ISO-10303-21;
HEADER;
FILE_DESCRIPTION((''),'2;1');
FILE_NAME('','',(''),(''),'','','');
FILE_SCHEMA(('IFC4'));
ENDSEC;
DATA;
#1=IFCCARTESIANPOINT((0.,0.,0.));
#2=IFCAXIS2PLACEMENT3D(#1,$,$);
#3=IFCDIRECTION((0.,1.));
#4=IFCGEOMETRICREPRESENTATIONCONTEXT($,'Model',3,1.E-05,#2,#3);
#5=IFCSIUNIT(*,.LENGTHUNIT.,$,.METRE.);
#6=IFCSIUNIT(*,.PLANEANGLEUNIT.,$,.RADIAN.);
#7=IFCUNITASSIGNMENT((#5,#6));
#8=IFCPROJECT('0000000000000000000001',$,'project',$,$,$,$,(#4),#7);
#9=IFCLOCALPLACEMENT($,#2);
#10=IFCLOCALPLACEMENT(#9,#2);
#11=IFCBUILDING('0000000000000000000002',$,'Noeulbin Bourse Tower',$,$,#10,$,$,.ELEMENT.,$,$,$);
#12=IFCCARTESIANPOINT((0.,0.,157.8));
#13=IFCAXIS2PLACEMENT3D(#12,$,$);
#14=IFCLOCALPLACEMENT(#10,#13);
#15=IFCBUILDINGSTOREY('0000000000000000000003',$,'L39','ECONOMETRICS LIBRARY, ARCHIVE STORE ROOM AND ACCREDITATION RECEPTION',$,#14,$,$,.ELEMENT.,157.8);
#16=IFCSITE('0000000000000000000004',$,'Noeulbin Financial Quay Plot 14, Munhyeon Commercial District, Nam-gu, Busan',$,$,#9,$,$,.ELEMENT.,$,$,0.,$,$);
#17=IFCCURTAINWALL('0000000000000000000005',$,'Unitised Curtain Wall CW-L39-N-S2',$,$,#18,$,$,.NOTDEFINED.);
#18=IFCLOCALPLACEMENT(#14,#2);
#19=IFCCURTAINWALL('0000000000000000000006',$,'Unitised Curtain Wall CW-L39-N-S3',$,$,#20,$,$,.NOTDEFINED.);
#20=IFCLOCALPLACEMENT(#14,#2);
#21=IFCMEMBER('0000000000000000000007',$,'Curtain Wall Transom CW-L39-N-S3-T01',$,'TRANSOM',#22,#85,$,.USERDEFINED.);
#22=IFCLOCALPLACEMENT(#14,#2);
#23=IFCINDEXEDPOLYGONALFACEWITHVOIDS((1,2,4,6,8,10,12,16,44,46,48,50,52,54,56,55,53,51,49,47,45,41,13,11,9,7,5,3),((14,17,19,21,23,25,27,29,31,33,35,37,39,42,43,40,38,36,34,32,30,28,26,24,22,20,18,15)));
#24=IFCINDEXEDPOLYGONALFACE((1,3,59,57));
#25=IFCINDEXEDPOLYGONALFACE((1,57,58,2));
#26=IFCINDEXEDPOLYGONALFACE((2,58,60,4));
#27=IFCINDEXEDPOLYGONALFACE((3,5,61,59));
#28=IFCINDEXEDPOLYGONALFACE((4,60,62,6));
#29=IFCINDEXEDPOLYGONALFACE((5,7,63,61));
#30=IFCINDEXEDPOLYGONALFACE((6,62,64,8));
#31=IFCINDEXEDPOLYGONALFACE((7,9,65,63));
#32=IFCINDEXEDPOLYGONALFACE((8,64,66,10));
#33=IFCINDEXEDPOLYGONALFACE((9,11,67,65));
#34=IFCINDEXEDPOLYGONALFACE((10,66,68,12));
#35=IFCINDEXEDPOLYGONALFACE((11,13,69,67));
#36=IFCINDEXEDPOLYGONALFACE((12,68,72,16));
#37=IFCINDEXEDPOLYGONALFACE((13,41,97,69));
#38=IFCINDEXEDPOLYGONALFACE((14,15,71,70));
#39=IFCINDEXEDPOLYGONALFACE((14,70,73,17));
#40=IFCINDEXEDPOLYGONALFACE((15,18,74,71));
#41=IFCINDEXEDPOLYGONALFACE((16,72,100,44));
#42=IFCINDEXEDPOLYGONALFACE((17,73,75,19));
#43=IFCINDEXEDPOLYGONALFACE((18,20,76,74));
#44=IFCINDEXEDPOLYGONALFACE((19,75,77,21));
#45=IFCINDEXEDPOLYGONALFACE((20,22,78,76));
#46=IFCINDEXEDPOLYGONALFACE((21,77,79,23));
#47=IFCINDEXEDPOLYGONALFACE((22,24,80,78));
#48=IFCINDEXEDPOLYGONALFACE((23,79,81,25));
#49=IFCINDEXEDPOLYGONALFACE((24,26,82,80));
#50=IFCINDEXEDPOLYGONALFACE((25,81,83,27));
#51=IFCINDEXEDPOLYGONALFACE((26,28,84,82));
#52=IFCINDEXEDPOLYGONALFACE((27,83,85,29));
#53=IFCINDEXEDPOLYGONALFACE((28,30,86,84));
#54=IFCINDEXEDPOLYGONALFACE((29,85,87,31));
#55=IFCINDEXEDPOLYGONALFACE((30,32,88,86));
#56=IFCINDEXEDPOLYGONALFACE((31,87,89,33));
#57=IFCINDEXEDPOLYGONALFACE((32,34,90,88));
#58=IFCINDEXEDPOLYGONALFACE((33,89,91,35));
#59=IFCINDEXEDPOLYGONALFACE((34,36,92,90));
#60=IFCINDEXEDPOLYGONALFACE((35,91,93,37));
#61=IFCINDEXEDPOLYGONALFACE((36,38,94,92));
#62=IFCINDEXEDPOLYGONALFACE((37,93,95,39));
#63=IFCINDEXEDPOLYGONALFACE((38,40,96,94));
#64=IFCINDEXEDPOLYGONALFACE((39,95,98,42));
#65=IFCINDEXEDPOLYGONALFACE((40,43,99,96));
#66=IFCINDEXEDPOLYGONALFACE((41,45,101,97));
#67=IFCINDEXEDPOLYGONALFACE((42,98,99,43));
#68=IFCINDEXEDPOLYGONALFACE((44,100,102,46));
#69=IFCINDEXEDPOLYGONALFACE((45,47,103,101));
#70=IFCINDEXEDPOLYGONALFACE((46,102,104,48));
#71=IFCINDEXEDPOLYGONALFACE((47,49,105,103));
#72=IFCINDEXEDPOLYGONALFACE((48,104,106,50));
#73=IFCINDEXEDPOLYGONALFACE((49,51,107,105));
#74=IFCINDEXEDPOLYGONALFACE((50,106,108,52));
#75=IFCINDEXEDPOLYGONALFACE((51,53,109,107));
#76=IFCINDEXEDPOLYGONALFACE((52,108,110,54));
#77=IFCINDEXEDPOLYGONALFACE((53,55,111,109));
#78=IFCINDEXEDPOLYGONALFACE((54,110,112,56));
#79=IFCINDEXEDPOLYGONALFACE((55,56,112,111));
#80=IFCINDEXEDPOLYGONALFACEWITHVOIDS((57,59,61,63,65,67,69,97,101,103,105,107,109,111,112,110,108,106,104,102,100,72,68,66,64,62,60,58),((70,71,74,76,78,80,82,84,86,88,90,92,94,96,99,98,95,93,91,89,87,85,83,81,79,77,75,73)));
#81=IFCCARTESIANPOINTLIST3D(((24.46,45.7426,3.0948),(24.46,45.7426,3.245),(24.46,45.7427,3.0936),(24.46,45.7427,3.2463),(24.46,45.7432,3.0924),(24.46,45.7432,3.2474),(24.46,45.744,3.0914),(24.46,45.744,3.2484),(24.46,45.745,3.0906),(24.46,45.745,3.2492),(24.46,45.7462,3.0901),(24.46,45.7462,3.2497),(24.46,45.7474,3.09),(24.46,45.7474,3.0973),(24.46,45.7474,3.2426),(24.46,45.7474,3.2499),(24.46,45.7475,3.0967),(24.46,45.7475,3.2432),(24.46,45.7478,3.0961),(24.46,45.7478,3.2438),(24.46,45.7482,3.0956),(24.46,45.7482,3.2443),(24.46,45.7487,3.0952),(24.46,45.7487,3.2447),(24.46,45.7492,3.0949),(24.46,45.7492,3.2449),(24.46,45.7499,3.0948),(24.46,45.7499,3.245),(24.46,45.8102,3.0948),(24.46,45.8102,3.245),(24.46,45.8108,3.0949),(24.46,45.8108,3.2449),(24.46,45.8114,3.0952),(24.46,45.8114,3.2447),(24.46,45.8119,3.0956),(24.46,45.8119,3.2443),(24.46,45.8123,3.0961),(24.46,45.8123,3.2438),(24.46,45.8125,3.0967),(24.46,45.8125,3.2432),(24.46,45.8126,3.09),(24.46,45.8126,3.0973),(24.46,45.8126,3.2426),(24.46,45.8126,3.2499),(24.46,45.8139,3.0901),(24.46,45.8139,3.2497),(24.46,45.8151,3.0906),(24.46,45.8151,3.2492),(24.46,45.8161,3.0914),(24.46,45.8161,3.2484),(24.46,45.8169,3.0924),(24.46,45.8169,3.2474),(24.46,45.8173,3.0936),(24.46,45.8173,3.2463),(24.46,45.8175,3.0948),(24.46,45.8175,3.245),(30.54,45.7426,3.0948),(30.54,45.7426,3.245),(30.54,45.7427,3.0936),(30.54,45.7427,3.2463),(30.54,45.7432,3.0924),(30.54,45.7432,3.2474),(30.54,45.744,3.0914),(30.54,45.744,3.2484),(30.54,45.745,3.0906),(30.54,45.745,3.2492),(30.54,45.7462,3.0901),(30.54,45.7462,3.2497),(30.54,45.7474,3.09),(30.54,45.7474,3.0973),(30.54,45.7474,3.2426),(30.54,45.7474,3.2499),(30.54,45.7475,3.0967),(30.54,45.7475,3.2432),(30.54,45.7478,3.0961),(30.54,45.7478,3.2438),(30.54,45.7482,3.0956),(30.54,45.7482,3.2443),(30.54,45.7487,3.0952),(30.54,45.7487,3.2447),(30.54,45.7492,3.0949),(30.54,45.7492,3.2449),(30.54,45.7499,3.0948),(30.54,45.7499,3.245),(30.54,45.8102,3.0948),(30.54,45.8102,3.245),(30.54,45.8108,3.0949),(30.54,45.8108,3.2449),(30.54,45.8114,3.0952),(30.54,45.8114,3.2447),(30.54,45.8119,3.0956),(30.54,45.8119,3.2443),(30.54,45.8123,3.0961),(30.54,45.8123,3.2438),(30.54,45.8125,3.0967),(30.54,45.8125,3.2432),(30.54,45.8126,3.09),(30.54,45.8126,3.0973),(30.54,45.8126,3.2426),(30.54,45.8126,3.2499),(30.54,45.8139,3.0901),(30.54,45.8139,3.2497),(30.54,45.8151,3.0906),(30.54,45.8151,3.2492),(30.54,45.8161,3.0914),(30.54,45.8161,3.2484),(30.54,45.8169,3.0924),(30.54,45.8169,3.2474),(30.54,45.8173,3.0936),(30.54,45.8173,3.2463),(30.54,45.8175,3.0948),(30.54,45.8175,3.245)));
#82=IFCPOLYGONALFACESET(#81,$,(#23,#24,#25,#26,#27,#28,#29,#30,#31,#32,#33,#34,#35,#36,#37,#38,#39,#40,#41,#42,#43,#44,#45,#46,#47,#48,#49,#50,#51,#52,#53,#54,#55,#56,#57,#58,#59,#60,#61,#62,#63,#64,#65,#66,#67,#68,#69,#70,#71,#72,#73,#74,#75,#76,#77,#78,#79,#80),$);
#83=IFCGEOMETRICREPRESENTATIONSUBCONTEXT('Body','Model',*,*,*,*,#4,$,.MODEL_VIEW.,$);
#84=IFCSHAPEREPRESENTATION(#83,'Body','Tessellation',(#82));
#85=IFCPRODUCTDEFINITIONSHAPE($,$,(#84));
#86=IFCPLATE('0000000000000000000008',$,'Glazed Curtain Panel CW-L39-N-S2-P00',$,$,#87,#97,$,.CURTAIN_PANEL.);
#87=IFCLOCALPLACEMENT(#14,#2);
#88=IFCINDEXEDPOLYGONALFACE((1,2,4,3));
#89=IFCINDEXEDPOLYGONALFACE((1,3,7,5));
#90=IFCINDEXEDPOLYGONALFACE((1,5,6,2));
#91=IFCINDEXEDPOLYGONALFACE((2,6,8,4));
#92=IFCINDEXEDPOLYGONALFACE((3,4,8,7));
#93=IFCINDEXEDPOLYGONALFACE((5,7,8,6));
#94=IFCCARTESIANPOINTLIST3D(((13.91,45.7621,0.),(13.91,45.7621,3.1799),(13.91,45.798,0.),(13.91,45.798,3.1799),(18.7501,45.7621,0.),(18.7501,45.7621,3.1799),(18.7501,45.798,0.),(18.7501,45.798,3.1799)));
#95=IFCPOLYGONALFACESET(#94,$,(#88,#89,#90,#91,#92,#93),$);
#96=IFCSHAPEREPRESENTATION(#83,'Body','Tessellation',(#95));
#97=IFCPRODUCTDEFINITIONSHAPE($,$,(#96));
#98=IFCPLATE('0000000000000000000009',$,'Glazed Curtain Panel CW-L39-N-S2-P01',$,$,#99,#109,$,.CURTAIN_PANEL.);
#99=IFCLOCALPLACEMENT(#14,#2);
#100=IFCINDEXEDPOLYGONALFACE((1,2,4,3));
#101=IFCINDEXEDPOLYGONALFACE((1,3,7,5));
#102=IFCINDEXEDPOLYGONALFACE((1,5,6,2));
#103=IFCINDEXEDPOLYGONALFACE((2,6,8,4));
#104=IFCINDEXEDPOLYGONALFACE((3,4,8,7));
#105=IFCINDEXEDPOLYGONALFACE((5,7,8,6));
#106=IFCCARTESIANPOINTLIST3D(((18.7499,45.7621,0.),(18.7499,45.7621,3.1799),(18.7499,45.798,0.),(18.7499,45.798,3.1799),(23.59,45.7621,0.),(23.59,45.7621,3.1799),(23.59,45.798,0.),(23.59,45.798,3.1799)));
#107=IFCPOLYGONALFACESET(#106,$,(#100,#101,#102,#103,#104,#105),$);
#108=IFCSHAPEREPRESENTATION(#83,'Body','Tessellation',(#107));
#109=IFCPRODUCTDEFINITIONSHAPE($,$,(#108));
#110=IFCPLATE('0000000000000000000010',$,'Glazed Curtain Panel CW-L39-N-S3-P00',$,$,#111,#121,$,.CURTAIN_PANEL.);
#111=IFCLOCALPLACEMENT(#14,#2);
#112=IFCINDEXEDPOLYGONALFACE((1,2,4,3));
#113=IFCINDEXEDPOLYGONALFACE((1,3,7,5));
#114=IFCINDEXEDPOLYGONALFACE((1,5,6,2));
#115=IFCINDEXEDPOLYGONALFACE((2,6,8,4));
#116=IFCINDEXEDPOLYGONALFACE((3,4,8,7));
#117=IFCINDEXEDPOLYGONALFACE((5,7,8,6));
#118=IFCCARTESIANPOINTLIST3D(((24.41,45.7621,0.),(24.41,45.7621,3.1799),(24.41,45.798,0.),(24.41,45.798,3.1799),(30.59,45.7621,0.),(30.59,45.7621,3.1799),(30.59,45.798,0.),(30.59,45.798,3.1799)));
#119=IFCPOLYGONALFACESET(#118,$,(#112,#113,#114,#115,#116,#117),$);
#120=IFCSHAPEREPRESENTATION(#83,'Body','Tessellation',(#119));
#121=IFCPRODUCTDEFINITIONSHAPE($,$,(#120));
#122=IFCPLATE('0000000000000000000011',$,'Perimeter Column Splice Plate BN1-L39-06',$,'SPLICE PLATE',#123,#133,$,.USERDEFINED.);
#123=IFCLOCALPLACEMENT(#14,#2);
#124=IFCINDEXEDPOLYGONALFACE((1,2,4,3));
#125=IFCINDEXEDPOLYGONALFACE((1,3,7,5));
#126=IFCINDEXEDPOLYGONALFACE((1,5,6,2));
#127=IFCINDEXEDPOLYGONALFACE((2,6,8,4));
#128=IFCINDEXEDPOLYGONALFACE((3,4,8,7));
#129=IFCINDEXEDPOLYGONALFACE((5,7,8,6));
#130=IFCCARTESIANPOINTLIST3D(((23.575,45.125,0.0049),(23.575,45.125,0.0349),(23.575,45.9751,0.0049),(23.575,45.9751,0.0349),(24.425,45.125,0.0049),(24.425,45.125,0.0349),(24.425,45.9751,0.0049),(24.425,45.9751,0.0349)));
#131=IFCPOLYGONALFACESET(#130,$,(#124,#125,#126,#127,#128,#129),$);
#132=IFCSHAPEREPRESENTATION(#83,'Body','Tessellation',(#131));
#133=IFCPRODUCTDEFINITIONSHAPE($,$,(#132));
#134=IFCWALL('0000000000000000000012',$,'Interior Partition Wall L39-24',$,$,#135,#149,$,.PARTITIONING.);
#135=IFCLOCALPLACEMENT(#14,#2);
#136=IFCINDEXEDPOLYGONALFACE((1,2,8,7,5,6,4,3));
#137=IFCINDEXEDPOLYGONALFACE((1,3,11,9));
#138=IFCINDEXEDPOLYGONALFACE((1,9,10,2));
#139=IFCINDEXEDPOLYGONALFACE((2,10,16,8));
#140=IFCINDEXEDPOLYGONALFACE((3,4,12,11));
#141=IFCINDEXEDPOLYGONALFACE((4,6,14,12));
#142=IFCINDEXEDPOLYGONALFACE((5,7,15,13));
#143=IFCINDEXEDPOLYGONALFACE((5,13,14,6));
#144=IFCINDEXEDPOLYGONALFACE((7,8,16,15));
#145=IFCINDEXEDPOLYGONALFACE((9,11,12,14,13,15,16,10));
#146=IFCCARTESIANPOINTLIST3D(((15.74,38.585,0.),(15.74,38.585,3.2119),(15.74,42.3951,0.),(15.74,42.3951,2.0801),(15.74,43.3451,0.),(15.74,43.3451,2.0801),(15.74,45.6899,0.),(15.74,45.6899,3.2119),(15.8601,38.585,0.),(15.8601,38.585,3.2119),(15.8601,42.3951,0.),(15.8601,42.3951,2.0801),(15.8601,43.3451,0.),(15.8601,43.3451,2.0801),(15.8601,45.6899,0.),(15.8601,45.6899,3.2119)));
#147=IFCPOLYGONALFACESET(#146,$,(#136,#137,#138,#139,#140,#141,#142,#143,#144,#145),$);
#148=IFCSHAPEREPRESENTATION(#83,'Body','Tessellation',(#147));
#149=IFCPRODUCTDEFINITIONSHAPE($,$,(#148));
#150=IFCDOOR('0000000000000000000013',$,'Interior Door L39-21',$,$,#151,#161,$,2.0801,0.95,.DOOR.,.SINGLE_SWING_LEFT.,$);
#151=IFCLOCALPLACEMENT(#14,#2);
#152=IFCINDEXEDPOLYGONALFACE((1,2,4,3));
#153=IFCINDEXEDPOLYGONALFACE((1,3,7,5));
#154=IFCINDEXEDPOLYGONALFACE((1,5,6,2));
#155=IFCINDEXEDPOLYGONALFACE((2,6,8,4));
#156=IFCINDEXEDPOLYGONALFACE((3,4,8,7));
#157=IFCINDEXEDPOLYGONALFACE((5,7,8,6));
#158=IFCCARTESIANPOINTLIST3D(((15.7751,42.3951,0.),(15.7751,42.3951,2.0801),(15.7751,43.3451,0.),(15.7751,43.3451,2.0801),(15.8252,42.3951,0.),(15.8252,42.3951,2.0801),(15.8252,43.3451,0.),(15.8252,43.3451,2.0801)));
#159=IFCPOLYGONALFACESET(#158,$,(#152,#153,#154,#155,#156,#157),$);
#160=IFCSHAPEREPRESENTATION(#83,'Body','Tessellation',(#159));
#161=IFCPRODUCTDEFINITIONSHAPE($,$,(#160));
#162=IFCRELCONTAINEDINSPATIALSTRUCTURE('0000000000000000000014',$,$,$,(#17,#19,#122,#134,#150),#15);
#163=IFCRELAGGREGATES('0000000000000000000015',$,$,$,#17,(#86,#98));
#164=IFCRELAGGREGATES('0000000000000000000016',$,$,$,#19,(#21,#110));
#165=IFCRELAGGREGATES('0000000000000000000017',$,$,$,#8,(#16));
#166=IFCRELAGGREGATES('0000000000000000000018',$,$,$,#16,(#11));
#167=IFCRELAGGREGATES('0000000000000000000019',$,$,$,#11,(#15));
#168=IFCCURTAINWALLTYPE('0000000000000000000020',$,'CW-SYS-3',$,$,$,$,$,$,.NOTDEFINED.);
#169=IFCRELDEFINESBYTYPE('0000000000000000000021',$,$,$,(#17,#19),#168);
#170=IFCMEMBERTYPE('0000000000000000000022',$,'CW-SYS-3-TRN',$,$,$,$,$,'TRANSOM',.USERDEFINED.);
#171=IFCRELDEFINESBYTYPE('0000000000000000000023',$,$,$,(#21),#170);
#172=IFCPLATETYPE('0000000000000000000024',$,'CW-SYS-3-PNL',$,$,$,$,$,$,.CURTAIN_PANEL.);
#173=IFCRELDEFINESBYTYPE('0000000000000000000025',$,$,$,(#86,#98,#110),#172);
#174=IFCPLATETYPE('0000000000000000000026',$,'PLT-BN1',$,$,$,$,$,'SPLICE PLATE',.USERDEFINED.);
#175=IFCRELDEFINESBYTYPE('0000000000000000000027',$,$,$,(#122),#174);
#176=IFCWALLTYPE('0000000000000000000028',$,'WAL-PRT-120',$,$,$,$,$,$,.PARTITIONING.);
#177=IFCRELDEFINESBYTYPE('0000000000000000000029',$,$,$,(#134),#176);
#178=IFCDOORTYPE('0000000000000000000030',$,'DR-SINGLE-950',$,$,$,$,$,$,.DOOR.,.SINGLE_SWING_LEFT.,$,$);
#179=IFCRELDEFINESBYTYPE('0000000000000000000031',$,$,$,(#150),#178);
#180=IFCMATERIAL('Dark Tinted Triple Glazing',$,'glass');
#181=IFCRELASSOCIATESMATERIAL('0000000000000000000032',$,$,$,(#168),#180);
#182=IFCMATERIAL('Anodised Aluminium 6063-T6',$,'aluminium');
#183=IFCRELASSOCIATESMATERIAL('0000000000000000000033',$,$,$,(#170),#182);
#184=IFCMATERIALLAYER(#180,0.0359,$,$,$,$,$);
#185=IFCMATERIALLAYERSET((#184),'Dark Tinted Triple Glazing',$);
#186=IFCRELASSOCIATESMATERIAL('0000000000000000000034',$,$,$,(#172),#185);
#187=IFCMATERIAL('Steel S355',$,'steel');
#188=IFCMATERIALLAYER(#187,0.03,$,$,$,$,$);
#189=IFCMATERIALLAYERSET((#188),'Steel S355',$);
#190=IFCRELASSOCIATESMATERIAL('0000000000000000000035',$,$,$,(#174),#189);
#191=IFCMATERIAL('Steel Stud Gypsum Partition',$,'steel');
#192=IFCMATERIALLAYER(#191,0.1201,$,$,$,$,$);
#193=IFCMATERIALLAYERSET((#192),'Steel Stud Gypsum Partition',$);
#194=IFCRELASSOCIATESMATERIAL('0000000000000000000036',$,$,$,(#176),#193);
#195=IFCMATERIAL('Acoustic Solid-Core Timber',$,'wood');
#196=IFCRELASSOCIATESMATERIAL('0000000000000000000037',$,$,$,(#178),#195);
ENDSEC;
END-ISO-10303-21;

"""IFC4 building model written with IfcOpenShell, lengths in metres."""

from ifc_helpers import new_model, si_unit, direction, frame, frame_2d, origin, origin_2d, place, context, subcontext, project, spatial, rectangle, hollow_rectangle, extrude, material, layer, layer_set, material_profile, profile_set, type_object, element, fill, aggregate, save


model = new_model("IFC4")

# Units and contexts
model_context = context("Model", 3, precision=1e-05, world=origin(), true_north=direction((0.0, 1.0)))
body_context = subcontext(model_context, "Body", "Model", "MODEL_VIEW")
ifc_project = project(units=[si_unit("LENGTHUNIT", "METRE"), si_unit("PLANEANGLEUNIT", "RADIAN")], contexts=[model_context])

# Site, building, storey
site_placement = place(None, origin())
site = spatial("IfcSite", under=ifc_project, at=site_placement, Name="Noeulbin Financial Quay Plot 14, Munhyeon Commercial District, Nam-gu, Busan", CompositionType="ELEMENT", RefElevation=0.0)
building_placement = place(site_placement, origin())
building = spatial("IfcBuilding", under=site, at=building_placement, Name="Noeulbin Bourse Tower", CompositionType="ELEMENT")
storey_placement = place(building_placement, frame((0.0, 0.0, 157.8)))
storey = spatial("IfcBuildingStorey", under=building, at=storey_placement, Name="L39", Description="ECONOMETRICS LIBRARY, ARCHIVE STORE ROOM AND ACCREDITATION RECEPTION", CompositionType="ELEMENT", Elevation=157.8)

# Shared definitions
ifc_material_1 = material(Name="Steel S355", Category="steel")

# Curtain walls, member
ifc_material_2 = material(Name="Dark Tinted Triple Glazing", Category="glass")
curtain_wall_type = type_object("IfcCurtainWallType", Name="CW-SYS-3", PredefinedType="NOTDEFINED", material=ifc_material_2)
curtain_wall_1_placement = place(storey_placement, origin())
curtain_wall_1 = element("IfcCurtainWall", 1, at=curtain_wall_1_placement, inside=storey, type_object=curtain_wall_type, Name="Unitised Curtain Wall CW-L39-N-S2", PredefinedType="NOTDEFINED")
ifc_material_3 = material(Name="Anodised Aluminium 6063-T6", Category="aluminium")
curtain_wall_2_placement = place(storey_placement, origin())
curtain_wall_2 = element("IfcCurtainWall", 2, at=curtain_wall_2_placement, inside=storey, type_object=curtain_wall_type, Name="Unitised Curtain Wall CW-L39-N-S3", PredefinedType="NOTDEFINED")
ifc_material_profile_1 = material_profile(ifc_material_3, hollow_rectangle(XDim=0.075, YDim=0.1599, WallThickness=0.0049, InnerFilletRadius=0.0024, OuterFilletRadius=0.0049, at=origin_2d()), Name="ALU-TRAN-75x160x5", Category="LoadBearing")
ifc_profile_set_1 = profile_set([ifc_material_profile_1], Name="Anodised Aluminium 6063-T6")
member_type_1 = type_object("IfcMemberType", Name="CW-SYS-3-TRN", ElementType="TRANSOM", PredefinedType="USERDEFINED", material=ifc_profile_set_1)
member_1_placement = place(storey_placement, frame((24.46, 45.78, 3.1699), z_axis=(1.0, 0.0, 0.0), x_axis=(0.0, 1.0, 0.0)))
member_1 = element("IfcMember", 3, at=member_1_placement, type_object=member_type_1, Name="Curtain Wall Transom CW-L39-N-S3-T01", ObjectType="TRANSOM", PredefinedType="USERDEFINED", context=body_context, shape_type="SweptSolid", body=[
    extrude(hollow_rectangle(XDim=0.075, YDim=0.1599, WallThickness=0.0049, InnerFilletRadius=0.0024, OuterFilletRadius=0.0049, at=origin_2d()), origin(), (0.0, 0.0, 1.0), 6.0801),
])

# Plates
ifc_layer_1 = layer(ifc_material_2, 0.0359)
ifc_layer_set_1 = layer_set([ifc_layer_1], Name="Dark Tinted Triple Glazing")
plate_type_1 = type_object("IfcPlateType", Name="CW-SYS-3-PNL", PredefinedType="CURTAIN_PANEL", material=ifc_layer_set_1)
plate_1_placement = place(storey_placement, frame((16.3301, 45.78, 0.0), z_axis=(0.0, 0.0, 1.0), x_axis=(1.0, 0.0, 0.0)))
plate_1 = element("IfcPlate", 4, at=plate_1_placement, type_object=plate_type_1, Name="Glazed Curtain Panel CW-L39-N-S2-P00", PredefinedType="CURTAIN_PANEL", context=body_context, shape_type="SweptSolid", body=[
    extrude(rectangle(XDim=4.8401, YDim=0.0359, at=origin_2d()), origin(), (0.0, 0.0, 1.0), 3.1799),
])
plate_2_placement = place(storey_placement, frame((21.1699, 45.78, 0.0), z_axis=(0.0, 0.0, 1.0), x_axis=(1.0, 0.0, 0.0)))
plate_2 = element("IfcPlate", 5, at=plate_2_placement, type_object=plate_type_1, Name="Glazed Curtain Panel CW-L39-N-S2-P01", PredefinedType="CURTAIN_PANEL", context=body_context, shape_type="SweptSolid", body=[
    extrude(rectangle(XDim=4.8401, YDim=0.0359, at=origin_2d()), origin(), (0.0, 0.0, 1.0), 3.1799),
])
aggregate(curtain_wall_1, [plate_1, plate_2])
plate_3_placement = place(storey_placement, frame((27.5, 45.78, 0.0), z_axis=(0.0, 0.0, 1.0), x_axis=(1.0, 0.0, 0.0)))
plate_3 = element("IfcPlate", 6, at=plate_3_placement, type_object=plate_type_1, Name="Glazed Curtain Panel CW-L39-N-S3-P00", PredefinedType="CURTAIN_PANEL", context=body_context, shape_type="SweptSolid", body=[
    extrude(rectangle(XDim=6.1799, YDim=0.0359, at=origin_2d()), origin(), (0.0, 0.0, 1.0), 3.1799),
])
aggregate(curtain_wall_2, [member_1, plate_3])
ifc_layer_2 = layer(ifc_material_1, 0.03)
ifc_layer_set_2 = layer_set([ifc_layer_2], Name="Steel S355")
plate_type_2 = type_object("IfcPlateType", Name="PLT-BN1", ElementType="SPLICE PLATE", PredefinedType="USERDEFINED", material=ifc_layer_set_2)
plate_4_placement = place(storey_placement, frame((24.0, 45.55, 0.0049), z_axis=(0.0, 0.0, 1.0), x_axis=(1.0, 0.0, 0.0)))
element("IfcPlate", 7, at=plate_4_placement, inside=storey, type_object=plate_type_2, Name="Perimeter Column Splice Plate BN1-L39-06", ObjectType="SPLICE PLATE", PredefinedType="USERDEFINED", context=body_context, shape_type="SweptSolid", body=[
    extrude(rectangle(XDim=0.8501, YDim=0.8501, at=origin_2d()), origin(), (0.0, 0.0, 1.0), 0.03),
])

# Wall, opening, door
ifc_material_4 = material(Name="Steel Stud Gypsum Partition", Category="steel")
ifc_layer_3 = layer(ifc_material_4, 0.1201)
ifc_layer_set_3 = layer_set([ifc_layer_3], Name="Steel Stud Gypsum Partition")
wall_type = type_object("IfcWallType", Name="WAL-PRT-120", PredefinedType="PARTITIONING", material=ifc_layer_set_3)
wall_1_placement = place(storey_placement, frame((15.8, 38.585, 0.0), z_axis=(0.0, 0.0, 1.0), x_axis=(0.0, 1.0, 0.0)))
wall_1 = element("IfcWall", 8, at=wall_1_placement, inside=storey, type_object=wall_type, Name="Interior Partition Wall L39-24", PredefinedType="PARTITIONING", context=body_context, shape_type="SweptSolid", body=[
    extrude(rectangle(XDim=7.105, YDim=0.1201, at=frame_2d((3.5525, 0.0))), origin(), (0.0, 0.0, 1.0), 3.2119),
])
opening_1_placement = place(wall_1_placement, frame((3.8101, 0.0, 0.0)))
opening_1 = element("IfcOpeningElement", 9, at=opening_1_placement, cuts=wall_1, PredefinedType="OPENING", context=body_context, shape_type="SweptSolid", body=[
    extrude(rectangle(XDim=0.95, YDim=2.0801, at=frame_2d((0.4751, 1.04))), frame((0.0, 0.0701, 0.0), z_axis=(0.0, -1.0, 0.0), x_axis=(1.0, 0.0, 0.0)), (0.0, 0.0, 1.0), 0.1401),
])
ifc_material_5 = material(Name="Acoustic Solid-Core Timber", Category="wood")
door_type = type_object("IfcDoorType", Name="DR-SINGLE-950", OperationType="SINGLE_SWING_LEFT", PredefinedType="DOOR", material=ifc_material_5)
door_1_placement = place(opening_1_placement, origin())
door_1 = element("IfcDoor", 10, at=door_1_placement, inside=storey, type_object=door_type, Name="Interior Door L39-21", OperationType="SINGLE_SWING_LEFT", OverallHeight=2.0801, OverallWidth=0.95, PredefinedType="DOOR", context=body_context, shape_type="SweptSolid", body=[
    extrude(rectangle(XDim=0.95, YDim=2.0801, at=frame_2d((0.4751, 1.04))), frame((0.0, 0.0249, 0.0), z_axis=(0.0, -1.0, 0.0), x_axis=(1.0, 0.0, 0.0)), (0.0, 0.0, 1.0), 0.05),
])
fill(opening_1, door_1)

save(model, "model.ifc")
